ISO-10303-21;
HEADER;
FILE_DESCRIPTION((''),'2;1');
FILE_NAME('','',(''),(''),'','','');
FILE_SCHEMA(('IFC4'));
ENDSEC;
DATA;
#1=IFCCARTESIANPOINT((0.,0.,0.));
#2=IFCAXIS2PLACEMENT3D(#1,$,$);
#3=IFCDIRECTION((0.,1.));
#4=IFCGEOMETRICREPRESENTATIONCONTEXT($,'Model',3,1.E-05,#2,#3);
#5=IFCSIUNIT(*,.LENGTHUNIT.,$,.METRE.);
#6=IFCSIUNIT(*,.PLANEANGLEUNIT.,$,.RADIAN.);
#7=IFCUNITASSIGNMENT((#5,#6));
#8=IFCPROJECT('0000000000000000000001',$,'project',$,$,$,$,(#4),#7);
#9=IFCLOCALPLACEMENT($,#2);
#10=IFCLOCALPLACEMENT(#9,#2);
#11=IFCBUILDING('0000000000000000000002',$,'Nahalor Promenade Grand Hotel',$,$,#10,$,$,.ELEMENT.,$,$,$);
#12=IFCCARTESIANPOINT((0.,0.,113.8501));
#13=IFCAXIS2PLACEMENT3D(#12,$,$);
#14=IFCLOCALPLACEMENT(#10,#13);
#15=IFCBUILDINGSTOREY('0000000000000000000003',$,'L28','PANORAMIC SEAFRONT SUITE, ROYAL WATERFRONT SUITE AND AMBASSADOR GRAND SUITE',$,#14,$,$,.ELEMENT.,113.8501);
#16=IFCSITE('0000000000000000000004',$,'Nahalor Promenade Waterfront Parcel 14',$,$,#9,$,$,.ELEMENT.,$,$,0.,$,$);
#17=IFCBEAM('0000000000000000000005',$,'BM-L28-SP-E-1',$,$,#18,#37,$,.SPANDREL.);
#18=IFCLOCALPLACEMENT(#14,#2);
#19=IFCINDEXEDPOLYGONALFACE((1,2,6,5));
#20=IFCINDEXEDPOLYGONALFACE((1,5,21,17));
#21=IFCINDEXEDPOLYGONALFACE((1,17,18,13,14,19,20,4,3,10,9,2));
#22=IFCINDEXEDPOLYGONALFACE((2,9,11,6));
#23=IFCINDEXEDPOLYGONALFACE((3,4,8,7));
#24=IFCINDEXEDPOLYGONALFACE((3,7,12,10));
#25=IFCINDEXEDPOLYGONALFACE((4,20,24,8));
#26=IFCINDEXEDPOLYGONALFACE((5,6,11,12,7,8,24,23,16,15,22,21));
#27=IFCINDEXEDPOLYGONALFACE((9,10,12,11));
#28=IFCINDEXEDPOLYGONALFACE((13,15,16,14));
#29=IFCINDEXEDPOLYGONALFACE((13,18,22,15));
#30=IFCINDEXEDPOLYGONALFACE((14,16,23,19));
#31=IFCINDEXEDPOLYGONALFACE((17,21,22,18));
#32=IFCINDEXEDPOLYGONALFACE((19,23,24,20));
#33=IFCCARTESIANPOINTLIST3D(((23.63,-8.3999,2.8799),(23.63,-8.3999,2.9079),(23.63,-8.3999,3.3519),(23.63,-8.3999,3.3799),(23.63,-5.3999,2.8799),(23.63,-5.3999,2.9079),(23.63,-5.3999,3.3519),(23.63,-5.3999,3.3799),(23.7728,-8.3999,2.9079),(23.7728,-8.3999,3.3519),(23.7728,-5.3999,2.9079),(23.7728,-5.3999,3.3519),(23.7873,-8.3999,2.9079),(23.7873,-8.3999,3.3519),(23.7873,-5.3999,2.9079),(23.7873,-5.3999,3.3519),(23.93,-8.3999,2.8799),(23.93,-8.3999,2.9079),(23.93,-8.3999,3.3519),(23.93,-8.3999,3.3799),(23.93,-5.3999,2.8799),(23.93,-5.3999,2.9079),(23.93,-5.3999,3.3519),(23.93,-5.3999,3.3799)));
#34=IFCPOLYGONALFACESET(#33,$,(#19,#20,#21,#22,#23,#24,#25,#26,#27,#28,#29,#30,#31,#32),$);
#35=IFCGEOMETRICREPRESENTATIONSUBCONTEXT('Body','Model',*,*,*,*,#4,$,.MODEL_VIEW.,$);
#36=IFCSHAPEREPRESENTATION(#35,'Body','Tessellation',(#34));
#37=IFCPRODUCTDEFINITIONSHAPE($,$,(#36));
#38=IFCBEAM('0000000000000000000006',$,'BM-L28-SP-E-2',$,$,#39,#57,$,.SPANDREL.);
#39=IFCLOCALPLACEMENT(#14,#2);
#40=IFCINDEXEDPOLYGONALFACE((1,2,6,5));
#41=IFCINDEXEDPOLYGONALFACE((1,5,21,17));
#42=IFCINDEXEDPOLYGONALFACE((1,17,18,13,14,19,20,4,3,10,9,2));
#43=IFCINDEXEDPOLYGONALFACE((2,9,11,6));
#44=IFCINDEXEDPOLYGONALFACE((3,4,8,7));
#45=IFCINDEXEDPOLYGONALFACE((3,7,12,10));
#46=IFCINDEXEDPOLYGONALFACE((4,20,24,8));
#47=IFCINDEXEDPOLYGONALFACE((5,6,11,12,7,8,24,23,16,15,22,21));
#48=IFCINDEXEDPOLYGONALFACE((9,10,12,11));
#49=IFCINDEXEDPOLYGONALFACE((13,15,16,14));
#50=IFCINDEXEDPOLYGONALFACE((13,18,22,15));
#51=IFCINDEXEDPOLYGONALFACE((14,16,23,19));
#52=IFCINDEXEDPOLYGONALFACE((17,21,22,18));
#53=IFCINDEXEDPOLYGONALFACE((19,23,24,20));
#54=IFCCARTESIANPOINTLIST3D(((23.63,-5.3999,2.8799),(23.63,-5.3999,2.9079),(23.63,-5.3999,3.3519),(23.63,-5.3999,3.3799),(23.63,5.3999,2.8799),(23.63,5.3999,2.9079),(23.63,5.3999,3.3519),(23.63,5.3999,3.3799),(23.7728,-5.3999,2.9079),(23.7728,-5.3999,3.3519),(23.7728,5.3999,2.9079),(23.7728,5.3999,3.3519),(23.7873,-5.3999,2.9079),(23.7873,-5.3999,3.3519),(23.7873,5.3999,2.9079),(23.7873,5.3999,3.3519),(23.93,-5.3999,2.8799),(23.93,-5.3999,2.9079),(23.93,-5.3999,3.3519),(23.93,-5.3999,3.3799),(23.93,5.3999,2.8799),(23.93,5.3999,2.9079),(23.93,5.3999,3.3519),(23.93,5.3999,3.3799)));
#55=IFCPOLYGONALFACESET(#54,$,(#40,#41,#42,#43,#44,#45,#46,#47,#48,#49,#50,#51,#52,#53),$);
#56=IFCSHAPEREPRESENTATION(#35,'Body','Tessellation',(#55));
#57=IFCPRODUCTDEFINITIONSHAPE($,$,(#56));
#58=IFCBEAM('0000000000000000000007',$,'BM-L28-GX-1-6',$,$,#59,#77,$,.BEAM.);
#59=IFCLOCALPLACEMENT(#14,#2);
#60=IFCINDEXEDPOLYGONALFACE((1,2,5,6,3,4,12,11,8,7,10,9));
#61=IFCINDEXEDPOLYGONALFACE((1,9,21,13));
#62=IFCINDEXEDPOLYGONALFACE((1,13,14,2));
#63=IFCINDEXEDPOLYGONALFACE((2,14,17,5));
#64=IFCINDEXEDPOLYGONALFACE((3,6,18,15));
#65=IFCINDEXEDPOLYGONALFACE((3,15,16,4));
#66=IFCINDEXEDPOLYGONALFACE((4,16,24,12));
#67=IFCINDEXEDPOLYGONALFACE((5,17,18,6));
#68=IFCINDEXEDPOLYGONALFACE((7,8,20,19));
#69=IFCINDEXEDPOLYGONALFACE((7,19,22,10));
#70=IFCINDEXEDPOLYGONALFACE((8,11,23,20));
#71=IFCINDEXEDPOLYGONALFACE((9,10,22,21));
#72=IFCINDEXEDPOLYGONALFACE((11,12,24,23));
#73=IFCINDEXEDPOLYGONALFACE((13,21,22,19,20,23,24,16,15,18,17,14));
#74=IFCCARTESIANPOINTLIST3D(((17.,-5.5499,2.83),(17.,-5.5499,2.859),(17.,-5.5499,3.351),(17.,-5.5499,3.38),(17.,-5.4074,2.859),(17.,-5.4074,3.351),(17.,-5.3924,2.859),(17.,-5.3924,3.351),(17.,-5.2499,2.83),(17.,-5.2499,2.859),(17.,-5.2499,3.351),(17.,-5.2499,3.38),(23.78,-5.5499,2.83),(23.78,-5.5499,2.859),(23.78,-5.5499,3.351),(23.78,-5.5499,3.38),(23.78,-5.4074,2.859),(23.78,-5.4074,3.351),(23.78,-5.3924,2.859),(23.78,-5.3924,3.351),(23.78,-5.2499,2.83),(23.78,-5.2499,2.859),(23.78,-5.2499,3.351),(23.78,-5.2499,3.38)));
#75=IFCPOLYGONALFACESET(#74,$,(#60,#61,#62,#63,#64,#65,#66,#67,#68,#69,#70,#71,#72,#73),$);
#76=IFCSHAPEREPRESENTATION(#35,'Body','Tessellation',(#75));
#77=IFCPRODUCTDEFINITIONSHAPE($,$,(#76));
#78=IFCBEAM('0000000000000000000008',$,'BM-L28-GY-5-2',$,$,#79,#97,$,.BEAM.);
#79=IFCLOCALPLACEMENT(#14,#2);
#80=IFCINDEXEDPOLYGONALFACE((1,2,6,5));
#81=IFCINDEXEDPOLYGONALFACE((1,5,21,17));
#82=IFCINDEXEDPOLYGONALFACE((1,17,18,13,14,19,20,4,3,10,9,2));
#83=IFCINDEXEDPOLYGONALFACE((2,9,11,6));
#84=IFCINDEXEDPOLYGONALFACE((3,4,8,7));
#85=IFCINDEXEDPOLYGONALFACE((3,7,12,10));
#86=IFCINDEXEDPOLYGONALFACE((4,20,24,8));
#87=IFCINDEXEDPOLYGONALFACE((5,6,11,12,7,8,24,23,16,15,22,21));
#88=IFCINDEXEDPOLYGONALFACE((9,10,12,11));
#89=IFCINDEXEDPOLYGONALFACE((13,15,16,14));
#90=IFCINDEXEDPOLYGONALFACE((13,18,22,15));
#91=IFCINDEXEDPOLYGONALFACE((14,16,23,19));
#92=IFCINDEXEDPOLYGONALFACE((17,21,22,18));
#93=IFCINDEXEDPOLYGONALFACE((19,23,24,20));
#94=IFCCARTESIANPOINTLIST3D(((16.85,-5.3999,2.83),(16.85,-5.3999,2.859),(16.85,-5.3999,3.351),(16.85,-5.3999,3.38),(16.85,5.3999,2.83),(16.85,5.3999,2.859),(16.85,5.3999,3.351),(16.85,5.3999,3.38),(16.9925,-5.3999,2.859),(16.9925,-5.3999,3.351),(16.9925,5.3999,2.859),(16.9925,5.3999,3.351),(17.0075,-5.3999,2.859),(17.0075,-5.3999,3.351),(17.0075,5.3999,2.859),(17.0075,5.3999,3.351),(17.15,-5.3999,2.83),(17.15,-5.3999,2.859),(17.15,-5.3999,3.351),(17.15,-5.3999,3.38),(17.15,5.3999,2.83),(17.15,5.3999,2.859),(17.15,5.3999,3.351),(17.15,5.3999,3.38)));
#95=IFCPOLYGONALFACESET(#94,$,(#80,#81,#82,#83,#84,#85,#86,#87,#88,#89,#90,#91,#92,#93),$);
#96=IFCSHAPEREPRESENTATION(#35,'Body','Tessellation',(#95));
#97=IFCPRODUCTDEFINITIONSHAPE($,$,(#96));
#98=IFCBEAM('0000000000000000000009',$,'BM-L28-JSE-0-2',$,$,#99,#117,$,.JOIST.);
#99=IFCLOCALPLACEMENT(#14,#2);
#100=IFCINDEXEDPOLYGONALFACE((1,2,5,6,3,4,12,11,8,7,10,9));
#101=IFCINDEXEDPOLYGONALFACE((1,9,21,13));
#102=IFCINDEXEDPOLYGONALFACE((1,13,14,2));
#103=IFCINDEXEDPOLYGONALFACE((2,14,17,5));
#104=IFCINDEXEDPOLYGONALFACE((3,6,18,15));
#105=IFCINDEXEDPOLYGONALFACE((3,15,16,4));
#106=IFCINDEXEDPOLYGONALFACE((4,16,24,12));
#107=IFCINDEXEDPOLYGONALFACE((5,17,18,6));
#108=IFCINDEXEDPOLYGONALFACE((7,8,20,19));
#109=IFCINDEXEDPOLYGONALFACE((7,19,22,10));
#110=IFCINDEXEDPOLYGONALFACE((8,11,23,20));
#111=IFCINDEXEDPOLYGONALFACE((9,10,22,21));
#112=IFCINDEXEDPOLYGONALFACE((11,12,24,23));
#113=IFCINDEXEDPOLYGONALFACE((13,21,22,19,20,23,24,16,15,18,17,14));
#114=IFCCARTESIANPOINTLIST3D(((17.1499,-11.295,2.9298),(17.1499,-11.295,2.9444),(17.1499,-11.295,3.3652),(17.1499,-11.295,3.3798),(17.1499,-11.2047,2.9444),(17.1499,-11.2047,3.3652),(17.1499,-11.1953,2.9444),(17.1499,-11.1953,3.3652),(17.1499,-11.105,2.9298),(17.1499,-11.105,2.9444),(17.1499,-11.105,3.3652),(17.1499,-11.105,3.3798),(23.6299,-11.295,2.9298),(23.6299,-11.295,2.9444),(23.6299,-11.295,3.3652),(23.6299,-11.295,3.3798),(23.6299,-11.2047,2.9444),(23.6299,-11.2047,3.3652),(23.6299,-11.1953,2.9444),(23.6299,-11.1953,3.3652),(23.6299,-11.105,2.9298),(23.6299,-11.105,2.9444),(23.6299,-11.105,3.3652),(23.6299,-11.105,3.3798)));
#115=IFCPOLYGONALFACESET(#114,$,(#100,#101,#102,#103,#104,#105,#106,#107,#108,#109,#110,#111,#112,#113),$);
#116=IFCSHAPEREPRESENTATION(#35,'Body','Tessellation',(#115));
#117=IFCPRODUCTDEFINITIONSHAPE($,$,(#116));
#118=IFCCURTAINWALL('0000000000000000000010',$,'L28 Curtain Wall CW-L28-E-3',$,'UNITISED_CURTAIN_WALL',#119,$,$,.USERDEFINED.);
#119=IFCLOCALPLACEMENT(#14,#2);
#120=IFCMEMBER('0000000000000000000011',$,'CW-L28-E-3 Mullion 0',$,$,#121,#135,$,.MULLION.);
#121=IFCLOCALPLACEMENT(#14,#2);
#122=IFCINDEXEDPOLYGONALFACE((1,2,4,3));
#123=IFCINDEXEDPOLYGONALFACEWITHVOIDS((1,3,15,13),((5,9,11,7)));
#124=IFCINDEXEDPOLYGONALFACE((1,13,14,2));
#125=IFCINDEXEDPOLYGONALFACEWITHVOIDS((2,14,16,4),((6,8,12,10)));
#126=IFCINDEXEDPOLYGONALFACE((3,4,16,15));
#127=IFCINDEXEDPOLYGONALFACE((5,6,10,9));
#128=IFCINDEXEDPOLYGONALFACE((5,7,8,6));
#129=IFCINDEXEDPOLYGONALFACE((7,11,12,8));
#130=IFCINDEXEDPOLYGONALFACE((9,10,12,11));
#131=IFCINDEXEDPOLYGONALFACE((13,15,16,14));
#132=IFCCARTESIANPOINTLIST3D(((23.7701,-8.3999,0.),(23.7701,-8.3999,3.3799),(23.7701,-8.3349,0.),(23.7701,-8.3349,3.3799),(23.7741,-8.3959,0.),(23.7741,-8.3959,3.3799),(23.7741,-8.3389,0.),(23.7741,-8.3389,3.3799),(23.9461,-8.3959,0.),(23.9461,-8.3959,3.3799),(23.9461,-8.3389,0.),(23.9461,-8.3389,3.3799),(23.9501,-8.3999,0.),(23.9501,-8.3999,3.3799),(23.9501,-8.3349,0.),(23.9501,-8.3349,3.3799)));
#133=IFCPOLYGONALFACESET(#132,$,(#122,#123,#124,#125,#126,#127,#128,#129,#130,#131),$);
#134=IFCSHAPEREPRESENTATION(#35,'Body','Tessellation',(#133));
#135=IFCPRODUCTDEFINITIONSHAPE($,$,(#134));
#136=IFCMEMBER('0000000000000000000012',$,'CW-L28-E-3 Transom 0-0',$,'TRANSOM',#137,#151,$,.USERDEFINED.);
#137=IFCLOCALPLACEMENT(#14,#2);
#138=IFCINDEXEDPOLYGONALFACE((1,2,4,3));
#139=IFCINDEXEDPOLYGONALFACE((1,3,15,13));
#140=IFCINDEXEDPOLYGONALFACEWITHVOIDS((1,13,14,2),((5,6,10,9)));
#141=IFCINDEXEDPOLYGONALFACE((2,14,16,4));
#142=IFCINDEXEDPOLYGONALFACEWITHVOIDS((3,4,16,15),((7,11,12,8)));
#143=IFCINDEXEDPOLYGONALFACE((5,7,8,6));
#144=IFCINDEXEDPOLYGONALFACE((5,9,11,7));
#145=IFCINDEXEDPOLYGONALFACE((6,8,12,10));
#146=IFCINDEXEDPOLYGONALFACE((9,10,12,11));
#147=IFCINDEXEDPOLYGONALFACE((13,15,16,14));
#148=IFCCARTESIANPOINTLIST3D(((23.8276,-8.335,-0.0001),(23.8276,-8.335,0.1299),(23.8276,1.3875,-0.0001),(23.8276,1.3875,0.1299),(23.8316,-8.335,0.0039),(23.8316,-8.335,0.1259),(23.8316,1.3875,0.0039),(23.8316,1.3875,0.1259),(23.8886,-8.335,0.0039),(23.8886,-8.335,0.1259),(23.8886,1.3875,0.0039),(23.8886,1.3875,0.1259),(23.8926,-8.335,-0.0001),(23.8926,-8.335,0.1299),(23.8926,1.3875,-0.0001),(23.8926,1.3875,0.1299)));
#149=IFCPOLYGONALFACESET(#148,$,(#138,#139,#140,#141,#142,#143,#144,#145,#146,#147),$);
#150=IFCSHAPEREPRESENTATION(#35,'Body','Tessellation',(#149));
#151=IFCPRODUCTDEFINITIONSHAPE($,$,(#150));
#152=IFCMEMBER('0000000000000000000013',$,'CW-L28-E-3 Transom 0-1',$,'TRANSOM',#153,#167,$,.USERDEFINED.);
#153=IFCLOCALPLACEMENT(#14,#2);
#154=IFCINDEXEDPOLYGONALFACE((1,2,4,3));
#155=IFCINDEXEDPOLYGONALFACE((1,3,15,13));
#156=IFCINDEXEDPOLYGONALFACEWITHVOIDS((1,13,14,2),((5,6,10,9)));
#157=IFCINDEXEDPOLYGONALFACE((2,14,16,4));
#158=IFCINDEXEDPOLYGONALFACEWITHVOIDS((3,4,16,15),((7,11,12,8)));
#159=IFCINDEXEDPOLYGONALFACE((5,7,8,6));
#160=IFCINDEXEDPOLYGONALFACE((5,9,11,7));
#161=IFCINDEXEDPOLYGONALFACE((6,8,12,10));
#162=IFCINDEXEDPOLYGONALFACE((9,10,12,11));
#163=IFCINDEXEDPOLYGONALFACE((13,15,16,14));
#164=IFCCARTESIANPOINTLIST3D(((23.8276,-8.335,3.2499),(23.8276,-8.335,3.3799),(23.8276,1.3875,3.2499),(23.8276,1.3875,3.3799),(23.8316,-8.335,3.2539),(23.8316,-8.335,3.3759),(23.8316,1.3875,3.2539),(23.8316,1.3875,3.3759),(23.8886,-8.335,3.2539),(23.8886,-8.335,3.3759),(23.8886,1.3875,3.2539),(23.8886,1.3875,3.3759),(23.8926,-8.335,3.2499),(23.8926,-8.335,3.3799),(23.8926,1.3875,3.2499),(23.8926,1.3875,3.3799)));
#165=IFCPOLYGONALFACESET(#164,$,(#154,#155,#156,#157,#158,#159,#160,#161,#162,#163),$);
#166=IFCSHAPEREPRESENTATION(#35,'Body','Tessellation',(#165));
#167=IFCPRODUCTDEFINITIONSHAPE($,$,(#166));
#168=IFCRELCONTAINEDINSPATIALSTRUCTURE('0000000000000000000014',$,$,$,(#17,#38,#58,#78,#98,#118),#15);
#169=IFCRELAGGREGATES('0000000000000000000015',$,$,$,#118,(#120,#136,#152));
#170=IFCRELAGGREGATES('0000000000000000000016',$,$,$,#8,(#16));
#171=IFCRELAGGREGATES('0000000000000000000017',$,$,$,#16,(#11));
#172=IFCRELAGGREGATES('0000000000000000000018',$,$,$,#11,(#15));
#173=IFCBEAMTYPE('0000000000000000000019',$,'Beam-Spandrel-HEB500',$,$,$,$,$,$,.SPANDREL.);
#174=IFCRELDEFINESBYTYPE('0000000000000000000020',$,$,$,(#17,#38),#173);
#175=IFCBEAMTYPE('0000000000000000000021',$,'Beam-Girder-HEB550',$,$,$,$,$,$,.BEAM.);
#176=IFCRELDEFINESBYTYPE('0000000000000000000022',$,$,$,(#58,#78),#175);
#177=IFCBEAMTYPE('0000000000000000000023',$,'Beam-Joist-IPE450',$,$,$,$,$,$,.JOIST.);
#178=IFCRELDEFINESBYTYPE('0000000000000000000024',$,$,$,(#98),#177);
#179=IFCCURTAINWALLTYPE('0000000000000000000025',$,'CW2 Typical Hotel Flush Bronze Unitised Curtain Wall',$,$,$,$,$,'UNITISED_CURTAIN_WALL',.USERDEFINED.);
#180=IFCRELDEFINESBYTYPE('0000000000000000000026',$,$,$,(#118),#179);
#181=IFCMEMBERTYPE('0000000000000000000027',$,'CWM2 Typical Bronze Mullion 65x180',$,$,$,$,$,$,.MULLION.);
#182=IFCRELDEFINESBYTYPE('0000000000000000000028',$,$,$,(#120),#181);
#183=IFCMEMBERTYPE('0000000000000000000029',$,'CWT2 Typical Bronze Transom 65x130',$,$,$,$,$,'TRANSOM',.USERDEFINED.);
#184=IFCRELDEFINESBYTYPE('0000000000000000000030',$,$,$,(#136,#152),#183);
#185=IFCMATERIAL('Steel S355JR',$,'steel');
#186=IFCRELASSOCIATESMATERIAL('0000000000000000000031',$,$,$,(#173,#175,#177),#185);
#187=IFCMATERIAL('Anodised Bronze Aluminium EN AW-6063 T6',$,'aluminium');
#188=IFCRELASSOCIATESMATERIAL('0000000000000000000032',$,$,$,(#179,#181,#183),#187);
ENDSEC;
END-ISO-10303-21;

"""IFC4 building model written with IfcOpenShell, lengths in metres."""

from ifc_helpers import new_model, si_unit, direction, frame, origin, origin_2d, place, context, subcontext, project, spatial, hollow_rectangle, i_section, extrude, source, transform, mapped, material, material_profile, profile_set, type_object, element, aggregate, save


model = new_model("IFC4")

# Units and contexts
model_context = context("Model", 3, precision=1e-05, world=origin(), true_north=direction((0.0, 1.0)))
body_context = subcontext(model_context, "Body", "Model", "MODEL_VIEW")
ifc_project = project(units=[si_unit("LENGTHUNIT", "METRE"), si_unit("PLANEANGLEUNIT", "RADIAN")], contexts=[model_context])

# Site, building, storey
site_placement = place(None, origin())
site = spatial("IfcSite", under=ifc_project, at=site_placement, Name="Nahalor Promenade Waterfront Parcel 14", CompositionType="ELEMENT", RefElevation=0.0)
building_placement = place(site_placement, origin())
building = spatial("IfcBuilding", under=site, at=building_placement, Name="Nahalor Promenade Grand Hotel", CompositionType="ELEMENT")
storey_placement = place(building_placement, frame((0.0, 0.0, 113.8501)))
storey = spatial("IfcBuildingStorey", under=building, at=storey_placement, Name="L28", Description="PANORAMIC SEAFRONT SUITE, ROYAL WATERFRONT SUITE AND AMBASSADOR GRAND SUITE", CompositionType="ELEMENT", Elevation=113.8501)

# Beams
ifc_material_1 = material(Name="Steel S355JR", Category="steel")
ifc_material_profile_1 = material_profile(ifc_material_1, i_section(OverallWidth=0.3, OverallDepth=0.5, WebThickness=0.0145, FlangeThickness=0.028, at=origin_2d()), Name="HEB 500")
ifc_profile_set_1 = profile_set([ifc_material_profile_1], Name="Steel S355JR")
beam_type_1 = type_object("IfcBeamType", Name="Beam-Spandrel-HEB500", PredefinedType="SPANDREL", material=ifc_profile_set_1)
shared_shape_1 = source(origin(), body_context, "Body", "SweptSolid", [
    extrude(i_section(OverallWidth=0.3, OverallDepth=0.5, WebThickness=0.0145, FlangeThickness=0.028, at=origin_2d()), origin(), (0.0, 0.0, 1.0), 3.0),
])
beam_1_placement = place(storey_placement, frame((23.78, -8.3999, 3.1299), z_axis=(0.0, 1.0, 0.0), x_axis=(-1.0, 0.0, 0.0)))
element("IfcBeam", 1, at=beam_1_placement, inside=storey, type_object=beam_type_1, Name="BM-L28-SP-E-1", PredefinedType="SPANDREL", context=body_context, shape_type="MappedRepresentation", body=[
    mapped(shared_shape_1, transform((0.0, 0.0, 0.0), scale=1.0)),
])
shared_shape_2 = source(origin(), body_context, "Body", "SweptSolid", [
    extrude(i_section(OverallWidth=0.3, OverallDepth=0.5, WebThickness=0.0145, FlangeThickness=0.028, at=origin_2d()), origin(), (0.0, 0.0, 1.0), 10.7998),
])
beam_2_placement = place(storey_placement, frame((23.78, -5.3999, 3.1299), z_axis=(0.0, 1.0, 0.0), x_axis=(-1.0, 0.0, 0.0)))
element("IfcBeam", 2, at=beam_2_placement, inside=storey, type_object=beam_type_1, Name="BM-L28-SP-E-2", PredefinedType="SPANDREL", context=body_context, shape_type="MappedRepresentation", body=[
    mapped(shared_shape_2, transform((0.0, 0.0, 0.0), scale=1.0)),
])
ifc_material_profile_2 = material_profile(ifc_material_1, i_section(OverallWidth=0.3, OverallDepth=0.55, WebThickness=0.015, FlangeThickness=0.029, at=origin_2d()), Name="HEB 550")
ifc_profile_set_2 = profile_set([ifc_material_profile_2], Name="Steel S355JR")
beam_type_2 = type_object("IfcBeamType", Name="Beam-Girder-HEB550", PredefinedType="BEAM", material=ifc_profile_set_2)
shared_shape_3 = source(origin(), body_context, "Body", "SweptSolid", [
    extrude(i_section(OverallWidth=0.3, OverallDepth=0.55, WebThickness=0.015, FlangeThickness=0.029, at=origin_2d()), origin(), (0.0, 0.0, 1.0), 6.78),
])
beam_3_placement = place(storey_placement, frame((17.0, -5.3999, 3.105), z_axis=(1.0, 0.0, 0.0), x_axis=(0.0, 1.0, 0.0)))
element("IfcBeam", 3, at=beam_3_placement, inside=storey, type_object=beam_type_2, Name="BM-L28-GX-1-6", PredefinedType="BEAM", context=body_context, shape_type="MappedRepresentation", body=[
    mapped(shared_shape_3, transform((0.0, 0.0, 0.0), scale=1.0)),
])
shared_shape_4 = source(origin(), body_context, "Body", "SweptSolid", [
    extrude(i_section(OverallWidth=0.3, OverallDepth=0.55, WebThickness=0.015, FlangeThickness=0.029, at=origin_2d()), origin(), (0.0, 0.0, 1.0), 10.7998),
])
beam_4_placement = place(storey_placement, frame((17.0, -5.3999, 3.105), z_axis=(0.0, 1.0, 0.0), x_axis=(-1.0, 0.0, 0.0)))
element("IfcBeam", 4, at=beam_4_placement, inside=storey, type_object=beam_type_2, Name="BM-L28-GY-5-2", PredefinedType="BEAM", context=body_context, shape_type="MappedRepresentation", body=[
    mapped(shared_shape_4, transform((0.0, 0.0, 0.0), scale=1.0)),
])
ifc_material_profile_3 = material_profile(ifc_material_1, i_section(OverallWidth=0.19, OverallDepth=0.45, WebThickness=0.0094, FlangeThickness=0.0146, at=origin_2d()), Name="IPE 450")
ifc_profile_set_3 = profile_set([ifc_material_profile_3], Name="Steel S355JR")
beam_type_3 = type_object("IfcBeamType", Name="Beam-Joist-IPE450", PredefinedType="JOIST", material=ifc_profile_set_3)
shared_shape_5 = source(origin(), body_context, "Body", "SweptSolid", [
    extrude(i_section(OverallWidth=0.19, OverallDepth=0.45, WebThickness=0.0094, FlangeThickness=0.0146, at=origin_2d()), origin(), (0.0, 0.0, 1.0), 6.48),
])
beam_5_placement = place(storey_placement, frame((17.1499, -11.2, 3.1548), z_axis=(1.0, 0.0, 0.0), x_axis=(0.0, 1.0, 0.0)))
element("IfcBeam", 5, at=beam_5_placement, inside=storey, type_object=beam_type_3, Name="BM-L28-JSE-0-2", PredefinedType="JOIST", context=body_context, shape_type="MappedRepresentation", body=[
    mapped(shared_shape_5, transform((0.0, 0.0, 0.0), scale=1.0)),
])

# Curtain wall, members
ifc_material_2 = material(Name="Anodised Bronze Aluminium EN AW-6063 T6", Category="aluminium")
curtain_wall_type = type_object("IfcCurtainWallType", Name="CW2 Typical Hotel Flush Bronze Unitised Curtain Wall", ElementType="UNITISED_CURTAIN_WALL", PredefinedType="USERDEFINED", material=ifc_material_2)
curtain_wall_placement = place(storey_placement, origin())
curtain_wall = element("IfcCurtainWall", 6, at=curtain_wall_placement, inside=storey, type_object=curtain_wall_type, Name="L28 Curtain Wall CW-L28-E-3", ObjectType="UNITISED_CURTAIN_WALL", PredefinedType="USERDEFINED")
ifc_material_profile_4 = material_profile(ifc_material_2, hollow_rectangle(XDim=0.065, YDim=0.18, WallThickness=0.004, at=origin_2d()), Name="CWM 65x180x4")
ifc_profile_set_4 = profile_set([ifc_material_profile_4], Name="Anodised Bronze Aluminium EN AW-6063 T6")
member_type_1 = type_object("IfcMemberType", Name="CWM2 Typical Bronze Mullion 65x180", PredefinedType="MULLION", material=ifc_profile_set_4)
shared_shape_6 = source(origin(), body_context, "Body", "SweptSolid", [
    extrude(hollow_rectangle(XDim=0.065, YDim=0.18, WallThickness=0.004, at=origin_2d()), origin(), (0.0, 0.0, 1.0), 3.3799),
])
member_1_placement = place(storey_placement, frame((23.8601, -8.3674, 0.0), z_axis=(0.0, 0.0, 1.0), x_axis=(0.0, 1.0, 0.0)))
member_1 = element("IfcMember", 7, at=member_1_placement, type_object=member_type_1, Name="CW-L28-E-3 Mullion 0", PredefinedType="MULLION", context=body_context, shape_type="MappedRepresentation", body=[
    mapped(shared_shape_6, transform((0.0, 0.0, 0.0), scale=1.0)),
])
ifc_material_profile_5 = material_profile(ifc_material_2, hollow_rectangle(XDim=0.065, YDim=0.13, WallThickness=0.004, at=origin_2d()), Name="CWT 65x130x4")
ifc_profile_set_5 = profile_set([ifc_material_profile_5], Name="Anodised Bronze Aluminium EN AW-6063 T6")
member_type_2 = type_object("IfcMemberType", Name="CWT2 Typical Bronze Transom 65x130", ElementType="TRANSOM", PredefinedType="USERDEFINED", material=ifc_profile_set_5)
shared_shape_7 = source(origin(), body_context, "Body", "SweptSolid", [
    extrude(hollow_rectangle(XDim=0.065, YDim=0.13, WallThickness=0.004, at=origin_2d()), origin(), (0.0, 0.0, 1.0), 9.7224),
])
member_2_placement = place(storey_placement, frame((23.8601, -8.335, 0.0649), z_axis=(0.0, 1.0, 0.0), x_axis=(-1.0, 0.0, 0.0)))
member_2 = element("IfcMember", 8, at=member_2_placement, type_object=member_type_2, Name="CW-L28-E-3 Transom 0-0", ObjectType="TRANSOM", PredefinedType="USERDEFINED", context=body_context, shape_type="MappedRepresentation", body=[
    mapped(shared_shape_7, transform((0.0, 0.0, 0.0), scale=1.0)),
])
member_3_placement = place(storey_placement, frame((23.8601, -8.335, 3.3149), z_axis=(0.0, 1.0, 0.0), x_axis=(-1.0, 0.0, 0.0)))
member_3 = element("IfcMember", 9, at=member_3_placement, type_object=member_type_2, Name="CW-L28-E-3 Transom 0-1", ObjectType="TRANSOM", PredefinedType="USERDEFINED", context=body_context, shape_type="MappedRepresentation", body=[
    mapped(shared_shape_7, transform((0.0, 0.0, 0.0), scale=1.0)),
])
aggregate(curtain_wall, [member_1, member_2, member_3])

save(model, "model.ifc")
